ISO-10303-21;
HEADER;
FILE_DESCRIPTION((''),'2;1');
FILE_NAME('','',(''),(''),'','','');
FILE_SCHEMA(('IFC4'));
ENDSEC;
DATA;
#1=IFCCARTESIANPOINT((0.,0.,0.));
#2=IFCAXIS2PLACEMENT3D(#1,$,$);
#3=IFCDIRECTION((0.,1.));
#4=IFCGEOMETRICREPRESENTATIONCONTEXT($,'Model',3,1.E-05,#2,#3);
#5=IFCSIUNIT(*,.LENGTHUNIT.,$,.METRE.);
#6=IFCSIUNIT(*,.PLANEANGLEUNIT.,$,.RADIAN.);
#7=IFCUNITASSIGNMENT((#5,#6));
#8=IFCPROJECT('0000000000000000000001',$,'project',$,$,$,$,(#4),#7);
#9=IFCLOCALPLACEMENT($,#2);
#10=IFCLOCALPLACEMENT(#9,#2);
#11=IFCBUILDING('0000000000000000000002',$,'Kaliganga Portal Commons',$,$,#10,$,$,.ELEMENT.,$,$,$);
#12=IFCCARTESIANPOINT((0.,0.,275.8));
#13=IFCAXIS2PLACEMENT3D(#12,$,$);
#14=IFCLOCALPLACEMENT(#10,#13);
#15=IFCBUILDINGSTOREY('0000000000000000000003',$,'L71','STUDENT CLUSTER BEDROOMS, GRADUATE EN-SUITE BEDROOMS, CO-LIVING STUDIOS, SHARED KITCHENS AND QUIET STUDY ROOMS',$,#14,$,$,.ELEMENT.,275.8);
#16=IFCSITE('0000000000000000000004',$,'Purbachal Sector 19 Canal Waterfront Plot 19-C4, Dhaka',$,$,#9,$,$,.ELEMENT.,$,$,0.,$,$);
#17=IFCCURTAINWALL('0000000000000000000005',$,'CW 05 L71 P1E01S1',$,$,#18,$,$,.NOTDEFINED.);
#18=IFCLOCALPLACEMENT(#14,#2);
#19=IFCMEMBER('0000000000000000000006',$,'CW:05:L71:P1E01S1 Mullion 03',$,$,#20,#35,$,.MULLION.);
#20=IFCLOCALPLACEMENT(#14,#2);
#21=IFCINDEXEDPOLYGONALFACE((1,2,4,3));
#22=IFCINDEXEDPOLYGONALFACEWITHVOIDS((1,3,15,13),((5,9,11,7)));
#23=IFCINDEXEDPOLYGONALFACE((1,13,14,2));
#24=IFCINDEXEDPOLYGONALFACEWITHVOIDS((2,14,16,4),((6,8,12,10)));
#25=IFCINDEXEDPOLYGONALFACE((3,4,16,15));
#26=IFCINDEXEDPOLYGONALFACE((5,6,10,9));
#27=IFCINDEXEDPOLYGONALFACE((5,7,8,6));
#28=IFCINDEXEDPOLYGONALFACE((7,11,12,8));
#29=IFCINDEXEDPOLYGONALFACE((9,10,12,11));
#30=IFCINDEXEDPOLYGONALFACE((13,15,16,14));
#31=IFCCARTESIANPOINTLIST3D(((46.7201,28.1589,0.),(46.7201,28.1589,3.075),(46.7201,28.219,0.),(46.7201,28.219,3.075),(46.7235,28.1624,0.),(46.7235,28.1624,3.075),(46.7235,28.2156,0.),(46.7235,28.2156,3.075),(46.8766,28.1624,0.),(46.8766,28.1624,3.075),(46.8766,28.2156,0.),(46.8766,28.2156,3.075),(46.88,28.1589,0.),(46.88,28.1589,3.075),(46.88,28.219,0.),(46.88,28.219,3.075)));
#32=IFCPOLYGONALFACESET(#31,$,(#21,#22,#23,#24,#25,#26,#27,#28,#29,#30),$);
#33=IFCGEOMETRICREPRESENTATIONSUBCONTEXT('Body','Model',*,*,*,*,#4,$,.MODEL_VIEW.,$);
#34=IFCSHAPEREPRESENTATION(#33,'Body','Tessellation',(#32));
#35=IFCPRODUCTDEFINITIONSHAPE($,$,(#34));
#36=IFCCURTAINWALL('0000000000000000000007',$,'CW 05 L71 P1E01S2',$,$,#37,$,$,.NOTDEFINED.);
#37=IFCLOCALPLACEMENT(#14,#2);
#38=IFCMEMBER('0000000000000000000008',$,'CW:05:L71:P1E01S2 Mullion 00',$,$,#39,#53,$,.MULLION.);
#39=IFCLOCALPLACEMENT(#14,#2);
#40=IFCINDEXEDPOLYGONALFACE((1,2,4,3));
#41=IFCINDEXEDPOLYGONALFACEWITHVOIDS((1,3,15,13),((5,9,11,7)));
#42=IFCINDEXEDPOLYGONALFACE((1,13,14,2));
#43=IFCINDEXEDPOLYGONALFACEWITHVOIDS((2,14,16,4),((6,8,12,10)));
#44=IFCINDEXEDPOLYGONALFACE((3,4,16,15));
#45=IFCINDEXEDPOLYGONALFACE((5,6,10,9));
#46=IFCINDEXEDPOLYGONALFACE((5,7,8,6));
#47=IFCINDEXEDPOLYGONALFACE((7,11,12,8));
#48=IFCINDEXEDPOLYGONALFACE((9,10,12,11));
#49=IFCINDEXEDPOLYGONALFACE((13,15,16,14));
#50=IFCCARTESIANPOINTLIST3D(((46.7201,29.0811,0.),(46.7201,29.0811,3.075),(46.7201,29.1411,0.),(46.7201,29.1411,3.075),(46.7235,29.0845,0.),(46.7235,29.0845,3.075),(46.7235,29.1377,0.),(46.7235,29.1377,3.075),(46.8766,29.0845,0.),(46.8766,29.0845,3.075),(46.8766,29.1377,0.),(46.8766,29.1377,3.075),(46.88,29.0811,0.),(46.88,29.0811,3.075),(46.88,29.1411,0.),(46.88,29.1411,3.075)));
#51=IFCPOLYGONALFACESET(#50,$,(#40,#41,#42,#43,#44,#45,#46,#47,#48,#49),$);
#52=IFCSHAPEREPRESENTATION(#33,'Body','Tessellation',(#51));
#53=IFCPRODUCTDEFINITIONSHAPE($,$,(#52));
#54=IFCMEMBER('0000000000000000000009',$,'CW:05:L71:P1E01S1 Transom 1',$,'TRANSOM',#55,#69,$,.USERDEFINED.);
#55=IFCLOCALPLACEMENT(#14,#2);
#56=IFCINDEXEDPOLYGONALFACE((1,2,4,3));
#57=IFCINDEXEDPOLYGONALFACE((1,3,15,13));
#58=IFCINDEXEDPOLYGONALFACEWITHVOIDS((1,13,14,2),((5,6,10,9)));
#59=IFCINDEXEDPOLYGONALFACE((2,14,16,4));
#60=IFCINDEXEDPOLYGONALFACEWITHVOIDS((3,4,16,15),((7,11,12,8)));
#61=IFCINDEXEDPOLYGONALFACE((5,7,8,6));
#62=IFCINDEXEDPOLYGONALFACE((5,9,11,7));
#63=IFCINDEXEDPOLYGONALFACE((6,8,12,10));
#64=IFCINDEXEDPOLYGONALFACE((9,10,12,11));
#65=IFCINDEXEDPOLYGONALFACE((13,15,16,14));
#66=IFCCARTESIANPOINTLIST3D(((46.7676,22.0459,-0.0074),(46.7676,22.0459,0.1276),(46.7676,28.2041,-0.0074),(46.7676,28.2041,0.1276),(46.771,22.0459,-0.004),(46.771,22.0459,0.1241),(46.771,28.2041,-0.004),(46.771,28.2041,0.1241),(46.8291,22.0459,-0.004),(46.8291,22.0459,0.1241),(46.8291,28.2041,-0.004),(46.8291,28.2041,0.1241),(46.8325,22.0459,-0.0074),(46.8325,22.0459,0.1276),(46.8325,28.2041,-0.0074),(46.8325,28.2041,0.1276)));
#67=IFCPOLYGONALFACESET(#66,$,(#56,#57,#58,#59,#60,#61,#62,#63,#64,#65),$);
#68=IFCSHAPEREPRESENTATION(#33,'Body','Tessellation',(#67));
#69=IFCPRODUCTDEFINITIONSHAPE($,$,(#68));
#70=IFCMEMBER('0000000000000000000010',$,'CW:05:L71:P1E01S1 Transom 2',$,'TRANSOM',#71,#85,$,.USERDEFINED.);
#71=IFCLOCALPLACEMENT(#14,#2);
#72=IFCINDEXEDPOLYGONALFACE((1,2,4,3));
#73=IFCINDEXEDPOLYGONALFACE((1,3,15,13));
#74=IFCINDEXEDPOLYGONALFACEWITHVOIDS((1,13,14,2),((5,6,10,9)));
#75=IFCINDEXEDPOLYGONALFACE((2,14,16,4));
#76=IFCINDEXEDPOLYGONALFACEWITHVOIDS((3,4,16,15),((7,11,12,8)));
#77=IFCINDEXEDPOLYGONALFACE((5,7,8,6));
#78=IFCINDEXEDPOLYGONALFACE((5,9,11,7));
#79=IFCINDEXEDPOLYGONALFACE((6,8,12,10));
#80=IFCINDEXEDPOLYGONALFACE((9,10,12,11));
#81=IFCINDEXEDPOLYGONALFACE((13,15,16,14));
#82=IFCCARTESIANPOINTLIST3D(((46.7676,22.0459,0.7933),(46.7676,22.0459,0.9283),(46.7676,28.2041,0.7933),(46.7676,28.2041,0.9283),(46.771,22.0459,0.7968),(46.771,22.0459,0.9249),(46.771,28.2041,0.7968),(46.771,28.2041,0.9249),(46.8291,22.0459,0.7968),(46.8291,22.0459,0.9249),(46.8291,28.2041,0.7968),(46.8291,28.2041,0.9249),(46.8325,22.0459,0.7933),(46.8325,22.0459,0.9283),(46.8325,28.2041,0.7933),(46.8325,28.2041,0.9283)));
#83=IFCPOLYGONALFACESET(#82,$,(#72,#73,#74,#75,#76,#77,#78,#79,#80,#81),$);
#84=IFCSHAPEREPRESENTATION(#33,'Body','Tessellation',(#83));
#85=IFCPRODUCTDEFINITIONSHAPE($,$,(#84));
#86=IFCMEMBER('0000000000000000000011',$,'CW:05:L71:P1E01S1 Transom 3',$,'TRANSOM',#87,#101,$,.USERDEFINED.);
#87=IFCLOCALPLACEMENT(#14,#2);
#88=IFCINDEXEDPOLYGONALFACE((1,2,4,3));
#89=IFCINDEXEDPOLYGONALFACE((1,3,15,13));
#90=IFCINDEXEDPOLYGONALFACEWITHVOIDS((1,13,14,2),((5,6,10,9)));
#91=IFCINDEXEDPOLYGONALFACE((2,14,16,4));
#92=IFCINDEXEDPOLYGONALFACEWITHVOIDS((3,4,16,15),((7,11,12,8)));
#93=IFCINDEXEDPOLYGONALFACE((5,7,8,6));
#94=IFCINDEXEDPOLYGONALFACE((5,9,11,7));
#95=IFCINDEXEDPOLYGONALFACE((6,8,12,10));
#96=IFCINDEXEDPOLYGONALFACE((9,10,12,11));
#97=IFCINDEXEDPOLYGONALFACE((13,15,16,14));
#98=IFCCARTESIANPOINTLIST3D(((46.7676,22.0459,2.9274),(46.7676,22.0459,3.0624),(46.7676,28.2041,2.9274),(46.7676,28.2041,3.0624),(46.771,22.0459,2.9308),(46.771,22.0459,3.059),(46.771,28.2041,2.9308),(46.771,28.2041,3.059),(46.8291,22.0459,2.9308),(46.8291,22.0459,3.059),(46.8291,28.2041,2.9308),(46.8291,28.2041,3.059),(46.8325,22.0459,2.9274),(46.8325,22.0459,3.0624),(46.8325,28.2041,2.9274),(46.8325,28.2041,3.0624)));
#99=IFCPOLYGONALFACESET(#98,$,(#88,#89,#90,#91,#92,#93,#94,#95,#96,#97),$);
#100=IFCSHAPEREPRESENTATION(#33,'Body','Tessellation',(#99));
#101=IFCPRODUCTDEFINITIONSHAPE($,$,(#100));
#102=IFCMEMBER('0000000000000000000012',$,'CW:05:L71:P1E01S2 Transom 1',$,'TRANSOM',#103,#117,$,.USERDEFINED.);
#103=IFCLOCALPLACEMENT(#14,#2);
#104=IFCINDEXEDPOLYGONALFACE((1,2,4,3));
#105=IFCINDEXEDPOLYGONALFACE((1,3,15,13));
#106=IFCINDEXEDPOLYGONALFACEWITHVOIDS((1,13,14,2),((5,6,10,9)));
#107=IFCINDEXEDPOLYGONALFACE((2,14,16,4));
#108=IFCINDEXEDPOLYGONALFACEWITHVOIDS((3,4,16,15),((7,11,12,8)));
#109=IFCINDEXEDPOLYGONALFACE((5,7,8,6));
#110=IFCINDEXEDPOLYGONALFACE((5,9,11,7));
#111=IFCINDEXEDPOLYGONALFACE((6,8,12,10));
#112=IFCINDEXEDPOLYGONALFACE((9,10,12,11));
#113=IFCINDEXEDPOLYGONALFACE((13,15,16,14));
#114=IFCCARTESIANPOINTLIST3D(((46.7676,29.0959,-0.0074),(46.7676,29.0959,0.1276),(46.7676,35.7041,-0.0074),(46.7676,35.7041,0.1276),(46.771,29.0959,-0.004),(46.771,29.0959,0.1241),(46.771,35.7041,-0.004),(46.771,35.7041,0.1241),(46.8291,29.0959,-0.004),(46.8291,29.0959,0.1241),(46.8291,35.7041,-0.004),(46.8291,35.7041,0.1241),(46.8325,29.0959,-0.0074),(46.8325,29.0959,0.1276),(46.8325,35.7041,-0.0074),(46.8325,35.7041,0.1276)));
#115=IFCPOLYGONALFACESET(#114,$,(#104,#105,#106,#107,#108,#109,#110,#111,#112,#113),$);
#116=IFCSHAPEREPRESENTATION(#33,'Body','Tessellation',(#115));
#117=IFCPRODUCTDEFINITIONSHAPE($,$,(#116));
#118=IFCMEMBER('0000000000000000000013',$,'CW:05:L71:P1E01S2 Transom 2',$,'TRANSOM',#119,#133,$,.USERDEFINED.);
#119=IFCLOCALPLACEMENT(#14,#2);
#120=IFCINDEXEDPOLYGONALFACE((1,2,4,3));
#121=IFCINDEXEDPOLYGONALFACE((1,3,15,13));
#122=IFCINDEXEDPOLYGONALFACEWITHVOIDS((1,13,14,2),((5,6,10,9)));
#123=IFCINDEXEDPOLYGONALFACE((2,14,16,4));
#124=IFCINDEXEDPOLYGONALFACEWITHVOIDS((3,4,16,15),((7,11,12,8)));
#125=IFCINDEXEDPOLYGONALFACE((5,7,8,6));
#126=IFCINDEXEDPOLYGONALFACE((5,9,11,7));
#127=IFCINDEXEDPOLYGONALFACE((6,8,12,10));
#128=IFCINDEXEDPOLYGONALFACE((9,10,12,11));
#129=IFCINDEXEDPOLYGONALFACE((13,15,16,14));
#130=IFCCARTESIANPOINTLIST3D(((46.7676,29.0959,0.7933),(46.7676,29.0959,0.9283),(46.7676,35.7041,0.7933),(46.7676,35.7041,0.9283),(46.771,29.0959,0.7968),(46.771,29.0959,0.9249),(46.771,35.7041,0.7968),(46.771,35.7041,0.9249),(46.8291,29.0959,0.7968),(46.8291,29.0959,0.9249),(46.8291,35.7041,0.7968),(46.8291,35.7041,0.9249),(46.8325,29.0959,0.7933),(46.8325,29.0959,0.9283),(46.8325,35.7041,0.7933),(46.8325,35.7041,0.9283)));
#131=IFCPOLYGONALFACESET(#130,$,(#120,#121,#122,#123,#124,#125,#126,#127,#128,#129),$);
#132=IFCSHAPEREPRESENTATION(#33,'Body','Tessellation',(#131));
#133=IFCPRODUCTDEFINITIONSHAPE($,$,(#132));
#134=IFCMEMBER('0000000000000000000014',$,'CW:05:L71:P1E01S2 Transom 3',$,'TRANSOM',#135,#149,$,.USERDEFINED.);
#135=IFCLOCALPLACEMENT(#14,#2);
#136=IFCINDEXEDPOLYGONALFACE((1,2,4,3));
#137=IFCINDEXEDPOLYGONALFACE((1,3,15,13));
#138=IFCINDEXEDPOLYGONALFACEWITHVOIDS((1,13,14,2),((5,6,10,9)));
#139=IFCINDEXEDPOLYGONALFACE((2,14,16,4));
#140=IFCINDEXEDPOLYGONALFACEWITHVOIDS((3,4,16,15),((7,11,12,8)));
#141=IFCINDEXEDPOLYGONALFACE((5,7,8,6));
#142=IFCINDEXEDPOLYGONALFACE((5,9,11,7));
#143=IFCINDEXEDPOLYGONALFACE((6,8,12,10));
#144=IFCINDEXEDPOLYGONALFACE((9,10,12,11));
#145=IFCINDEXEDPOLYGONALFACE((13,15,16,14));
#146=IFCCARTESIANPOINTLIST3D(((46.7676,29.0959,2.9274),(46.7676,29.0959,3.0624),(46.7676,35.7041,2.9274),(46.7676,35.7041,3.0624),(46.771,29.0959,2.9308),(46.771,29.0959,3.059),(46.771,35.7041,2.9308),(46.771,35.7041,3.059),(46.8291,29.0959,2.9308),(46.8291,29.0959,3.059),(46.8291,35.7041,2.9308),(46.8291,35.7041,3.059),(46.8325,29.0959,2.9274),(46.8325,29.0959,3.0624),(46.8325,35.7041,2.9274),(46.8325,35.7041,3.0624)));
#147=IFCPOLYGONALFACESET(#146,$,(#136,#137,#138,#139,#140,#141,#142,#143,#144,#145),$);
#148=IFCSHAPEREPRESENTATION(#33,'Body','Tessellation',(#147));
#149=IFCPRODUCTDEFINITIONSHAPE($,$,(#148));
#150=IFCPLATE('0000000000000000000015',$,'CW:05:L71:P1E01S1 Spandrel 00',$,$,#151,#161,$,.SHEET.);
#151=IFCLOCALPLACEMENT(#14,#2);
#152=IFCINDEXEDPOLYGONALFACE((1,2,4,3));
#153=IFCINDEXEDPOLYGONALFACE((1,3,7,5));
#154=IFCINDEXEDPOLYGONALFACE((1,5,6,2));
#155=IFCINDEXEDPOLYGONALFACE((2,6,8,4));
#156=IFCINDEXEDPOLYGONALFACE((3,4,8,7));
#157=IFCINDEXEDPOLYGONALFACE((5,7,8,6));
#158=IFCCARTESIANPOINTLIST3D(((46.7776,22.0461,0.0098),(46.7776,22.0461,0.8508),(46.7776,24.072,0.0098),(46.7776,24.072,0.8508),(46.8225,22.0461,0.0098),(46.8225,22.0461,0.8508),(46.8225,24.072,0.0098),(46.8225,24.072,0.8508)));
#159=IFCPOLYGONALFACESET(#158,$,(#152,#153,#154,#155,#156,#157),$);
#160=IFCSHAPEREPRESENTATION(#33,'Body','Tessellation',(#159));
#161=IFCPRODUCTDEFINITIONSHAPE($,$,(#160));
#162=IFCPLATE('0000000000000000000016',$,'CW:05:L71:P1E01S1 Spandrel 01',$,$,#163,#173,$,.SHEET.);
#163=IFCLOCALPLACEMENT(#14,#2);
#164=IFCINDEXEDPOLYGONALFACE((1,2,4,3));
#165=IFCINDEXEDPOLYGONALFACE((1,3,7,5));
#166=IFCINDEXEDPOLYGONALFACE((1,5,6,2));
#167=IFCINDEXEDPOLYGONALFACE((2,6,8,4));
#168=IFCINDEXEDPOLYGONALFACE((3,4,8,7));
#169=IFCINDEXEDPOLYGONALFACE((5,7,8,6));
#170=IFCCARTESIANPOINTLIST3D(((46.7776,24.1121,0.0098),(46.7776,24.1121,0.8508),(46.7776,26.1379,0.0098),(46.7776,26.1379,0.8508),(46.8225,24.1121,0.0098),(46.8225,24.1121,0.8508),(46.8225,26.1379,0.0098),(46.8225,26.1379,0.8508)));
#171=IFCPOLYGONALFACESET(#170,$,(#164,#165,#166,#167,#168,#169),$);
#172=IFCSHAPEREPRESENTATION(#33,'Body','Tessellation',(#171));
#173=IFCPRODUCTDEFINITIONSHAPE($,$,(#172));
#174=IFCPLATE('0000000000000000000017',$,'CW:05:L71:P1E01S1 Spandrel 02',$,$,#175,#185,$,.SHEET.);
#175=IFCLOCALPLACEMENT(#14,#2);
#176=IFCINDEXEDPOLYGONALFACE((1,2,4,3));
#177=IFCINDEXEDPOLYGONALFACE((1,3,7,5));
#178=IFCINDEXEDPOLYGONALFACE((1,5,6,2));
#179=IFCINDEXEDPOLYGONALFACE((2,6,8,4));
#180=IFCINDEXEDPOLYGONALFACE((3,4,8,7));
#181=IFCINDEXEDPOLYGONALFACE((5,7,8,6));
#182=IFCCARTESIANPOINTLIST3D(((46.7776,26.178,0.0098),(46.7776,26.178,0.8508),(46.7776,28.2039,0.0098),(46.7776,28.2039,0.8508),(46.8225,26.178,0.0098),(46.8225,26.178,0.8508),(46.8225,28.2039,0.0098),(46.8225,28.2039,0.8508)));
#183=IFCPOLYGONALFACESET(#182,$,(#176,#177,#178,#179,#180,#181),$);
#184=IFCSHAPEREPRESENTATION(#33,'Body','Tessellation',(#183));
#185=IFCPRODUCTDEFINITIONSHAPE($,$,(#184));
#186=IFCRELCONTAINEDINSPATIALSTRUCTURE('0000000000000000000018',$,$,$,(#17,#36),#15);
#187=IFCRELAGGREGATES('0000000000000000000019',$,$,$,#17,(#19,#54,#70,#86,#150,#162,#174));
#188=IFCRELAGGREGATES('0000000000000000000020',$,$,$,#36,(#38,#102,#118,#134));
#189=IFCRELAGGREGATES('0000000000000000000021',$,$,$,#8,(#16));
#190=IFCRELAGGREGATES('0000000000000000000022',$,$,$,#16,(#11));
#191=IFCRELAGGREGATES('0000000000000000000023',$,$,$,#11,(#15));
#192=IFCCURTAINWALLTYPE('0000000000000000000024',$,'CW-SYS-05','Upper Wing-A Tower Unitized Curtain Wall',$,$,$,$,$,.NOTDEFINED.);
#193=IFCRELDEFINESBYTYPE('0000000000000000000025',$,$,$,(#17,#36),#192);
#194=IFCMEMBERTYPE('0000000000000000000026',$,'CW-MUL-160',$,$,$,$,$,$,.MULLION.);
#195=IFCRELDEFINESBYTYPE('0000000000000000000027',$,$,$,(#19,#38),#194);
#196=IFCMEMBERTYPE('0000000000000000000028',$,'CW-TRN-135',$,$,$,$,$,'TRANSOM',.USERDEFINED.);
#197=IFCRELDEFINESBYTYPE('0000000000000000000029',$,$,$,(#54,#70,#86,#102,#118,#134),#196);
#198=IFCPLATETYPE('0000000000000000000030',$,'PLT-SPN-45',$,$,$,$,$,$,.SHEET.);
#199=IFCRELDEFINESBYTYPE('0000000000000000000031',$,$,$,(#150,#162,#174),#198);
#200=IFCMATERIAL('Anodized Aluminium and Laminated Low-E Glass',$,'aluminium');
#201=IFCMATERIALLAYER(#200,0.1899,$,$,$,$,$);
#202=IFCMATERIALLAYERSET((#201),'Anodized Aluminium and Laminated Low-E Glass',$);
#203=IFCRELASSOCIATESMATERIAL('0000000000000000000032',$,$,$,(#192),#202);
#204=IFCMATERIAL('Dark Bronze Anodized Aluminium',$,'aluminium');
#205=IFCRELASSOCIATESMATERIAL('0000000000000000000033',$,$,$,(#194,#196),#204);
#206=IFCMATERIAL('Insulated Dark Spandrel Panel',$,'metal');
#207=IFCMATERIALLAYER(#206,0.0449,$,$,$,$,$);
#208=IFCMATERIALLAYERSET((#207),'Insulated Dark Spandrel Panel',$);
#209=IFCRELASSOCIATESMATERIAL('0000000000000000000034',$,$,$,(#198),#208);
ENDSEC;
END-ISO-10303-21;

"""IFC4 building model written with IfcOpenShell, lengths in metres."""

from ifc_helpers import new_model, si_unit, direction, frame, origin, origin_2d, place, context, subcontext, project, spatial, rectangle, hollow_rectangle, extrude, source, transform, mapped, material, layer, layer_set, material_profile, profile_set, type_object, element, aggregate, save


model = new_model("IFC4")

# Units and contexts
model_context = context("Model", 3, precision=1e-05, world=origin(), true_north=direction((0.0, 1.0)))
body_context = subcontext(model_context, "Body", "Model", "MODEL_VIEW")
ifc_project = project(units=[si_unit("LENGTHUNIT", "METRE"), si_unit("PLANEANGLEUNIT", "RADIAN")], contexts=[model_context])

# Site, building, storey
site_placement = place(None, origin())
site = spatial("IfcSite", under=ifc_project, at=site_placement, Name="Purbachal Sector 19 Canal Waterfront Plot 19-C4, Dhaka", CompositionType="ELEMENT", RefElevation=0.0)
building_placement = place(site_placement, origin())
building = spatial("IfcBuilding", under=site, at=building_placement, Name="Kaliganga Portal Commons", CompositionType="ELEMENT")
storey_placement = place(building_placement, frame((0.0, 0.0, 275.8)))
storey = spatial("IfcBuildingStorey", under=building, at=storey_placement, Name="L71", Description="STUDENT CLUSTER BEDROOMS, GRADUATE EN-SUITE BEDROOMS, CO-LIVING STUDIOS, SHARED KITCHENS AND QUIET STUDY ROOMS", CompositionType="ELEMENT", Elevation=275.8)

# Curtain wall, member
ifc_material_1 = material(Name="Anodized Aluminium and Laminated Low-E Glass", Category="aluminium")
ifc_layer_1 = layer(ifc_material_1, 0.1899)
ifc_layer_set_1 = layer_set([ifc_layer_1], Name="Anodized Aluminium and Laminated Low-E Glass")
curtain_wall_type = type_object("IfcCurtainWallType", Name="CW-SYS-05", Description="Upper Wing-A Tower Unitized Curtain Wall", PredefinedType="NOTDEFINED", material=ifc_layer_set_1)
curtain_wall_1_placement = place(storey_placement, origin())
curtain_wall_1 = element("IfcCurtainWall", 1, at=curtain_wall_1_placement, inside=storey, type_object=curtain_wall_type, Name="CW 05 L71 P1E01S1", PredefinedType="NOTDEFINED")
ifc_material_2 = material(Name="Dark Bronze Anodized Aluminium", Category="aluminium")
ifc_material_profile_1 = material_profile(ifc_material_2, hollow_rectangle(XDim=0.0601, YDim=0.1599, WallThickness=0.0034, at=origin_2d()), Name="ALU MULL 60x160x3.5")
ifc_profile_set_1 = profile_set([ifc_material_profile_1], Name="Dark Bronze Anodized Aluminium")
member_type_1 = type_object("IfcMemberType", Name="CW-MUL-160", PredefinedType="MULLION", material=ifc_profile_set_1)
shared_shape_1 = source(origin(), body_context, "Body", "SweptSolid", [
    extrude(hollow_rectangle(XDim=0.0601, YDim=0.1599, WallThickness=0.0034, at=origin_2d()), origin(), (0.0, 0.0, 1.0), 3.075),
])
member_1_placement = place(storey_placement, frame((46.8, 28.189, 0.0), z_axis=(0.0, 0.0, 1.0), x_axis=(0.0, 1.0, 0.0)))
member_1 = element("IfcMember", 2, at=member_1_placement, type_object=member_type_1, Name="CW:05:L71:P1E01S1 Mullion 03", PredefinedType="MULLION", context=body_context, shape_type="MappedRepresentation", body=[
    mapped(shared_shape_1, transform((0.0, 0.0, 0.0), x_axis=(1.0, 0.0, 0.0), y_axis=(0.0, 1.0, 0.0), z_axis=(0.0, 0.0, 1.0), scale=1.0)),
])

# Curtain wall, member
curtain_wall_2_placement = place(storey_placement, origin())
curtain_wall_2 = element("IfcCurtainWall", 3, at=curtain_wall_2_placement, inside=storey, type_object=curtain_wall_type, Name="CW 05 L71 P1E01S2", PredefinedType="NOTDEFINED")
member_2_placement = place(storey_placement, frame((46.8, 29.1111, 0.0), z_axis=(0.0, 0.0, 1.0), x_axis=(0.0, 1.0, 0.0)))
member_2 = element("IfcMember", 4, at=member_2_placement, type_object=member_type_1, Name="CW:05:L71:P1E01S2 Mullion 00", PredefinedType="MULLION", context=body_context, shape_type="MappedRepresentation", body=[
    mapped(shared_shape_1, transform((0.0, 0.0, 0.0), x_axis=(1.0, 0.0, 0.0), y_axis=(0.0, 1.0, 0.0), z_axis=(0.0, 0.0, 1.0), scale=1.0)),
])

# Members
ifc_material_profile_2 = material_profile(ifc_material_2, hollow_rectangle(XDim=0.0649, YDim=0.135, WallThickness=0.0034, at=origin_2d()), Name="ALU TRAN 65x135x3.5")
ifc_profile_set_2 = profile_set([ifc_material_profile_2], Name="Dark Bronze Anodized Aluminium")
member_type_2 = type_object("IfcMemberType", Name="CW-TRN-135", ElementType="TRANSOM", PredefinedType="USERDEFINED", material=ifc_profile_set_2)
shared_shape_2 = source(origin(), body_context, "Body", "SweptSolid", [
    extrude(hollow_rectangle(XDim=0.0649, YDim=0.135, WallThickness=0.0034, at=origin_2d()), origin(), (0.0, 0.0, 1.0), 6.1582),
])
member_3_placement = place(storey_placement, frame((46.8, 22.0459, 0.0601), z_axis=(0.0, 1.0, 0.0), x_axis=(-1.0, 0.0, 0.0)))
member_3 = element("IfcMember", 5, at=member_3_placement, type_object=member_type_2, Name="CW:05:L71:P1E01S1 Transom 1", ObjectType="TRANSOM", PredefinedType="USERDEFINED", context=body_context, shape_type="MappedRepresentation", body=[
    mapped(shared_shape_2, transform((0.0, 0.0, 0.0), x_axis=(1.0, 0.0, 0.0), y_axis=(0.0, 1.0, 0.0), z_axis=(0.0, 0.0, 1.0), scale=1.0)),
])
member_4_placement = place(storey_placement, frame((46.8, 22.0459, 0.8608), z_axis=(0.0, 1.0, 0.0), x_axis=(-1.0, 0.0, 0.0)))
member_4 = element("IfcMember", 6, at=member_4_placement, type_object=member_type_2, Name="CW:05:L71:P1E01S1 Transom 2", ObjectType="TRANSOM", PredefinedType="USERDEFINED", context=body_context, shape_type="MappedRepresentation", body=[
    mapped(shared_shape_2, transform((0.0, 0.0, 0.0), x_axis=(1.0, 0.0, 0.0), y_axis=(0.0, 1.0, 0.0), z_axis=(0.0, 0.0, 1.0), scale=1.0)),
])
member_5_placement = place(storey_placement, frame((46.8, 22.0459, 2.9949), z_axis=(0.0, 1.0, 0.0), x_axis=(-1.0, 0.0, 0.0)))
member_5 = element("IfcMember", 7, at=member_5_placement, type_object=member_type_2, Name="CW:05:L71:P1E01S1 Transom 3", ObjectType="TRANSOM", PredefinedType="USERDEFINED", context=body_context, shape_type="MappedRepresentation", body=[
    mapped(shared_shape_2, transform((0.0, 0.0, 0.0), x_axis=(1.0, 0.0, 0.0), y_axis=(0.0, 1.0, 0.0), z_axis=(0.0, 0.0, 1.0), scale=1.0)),
])
shared_shape_3 = source(origin(), body_context, "Body", "SweptSolid", [
    extrude(hollow_rectangle(XDim=0.0649, YDim=0.135, WallThickness=0.0034, at=origin_2d()), origin(), (0.0, 0.0, 1.0), 6.6082),
])
member_6_placement = place(storey_placement, frame((46.8, 29.0959, 0.0601), z_axis=(0.0, 1.0, 0.0), x_axis=(-1.0, 0.0, 0.0)))
member_6 = element("IfcMember", 8, at=member_6_placement, type_object=member_type_2, Name="CW:05:L71:P1E01S2 Transom 1", ObjectType="TRANSOM", PredefinedType="USERDEFINED", context=body_context, shape_type="MappedRepresentation", body=[
    mapped(shared_shape_3, transform((0.0, 0.0, 0.0), x_axis=(1.0, 0.0, 0.0), y_axis=(0.0, 1.0, 0.0), z_axis=(0.0, 0.0, 1.0), scale=1.0)),
])
member_7_placement = place(storey_placement, frame((46.8, 29.0959, 0.8608), z_axis=(0.0, 1.0, 0.0), x_axis=(-1.0, 0.0, 0.0)))
member_7 = element("IfcMember", 9, at=member_7_placement, type_object=member_type_2, Name="CW:05:L71:P1E01S2 Transom 2", ObjectType="TRANSOM", PredefinedType="USERDEFINED", context=body_context, shape_type="MappedRepresentation", body=[
    mapped(shared_shape_3, transform((0.0, 0.0, 0.0), x_axis=(1.0, 0.0, 0.0), y_axis=(0.0, 1.0, 0.0), z_axis=(0.0, 0.0, 1.0), scale=1.0)),
])
member_8_placement = place(storey_placement, frame((46.8, 29.0959, 2.9949), z_axis=(0.0, 1.0, 0.0), x_axis=(-1.0, 0.0, 0.0)))
member_8 = element("IfcMember", 10, at=member_8_placement, type_object=member_type_2, Name="CW:05:L71:P1E01S2 Transom 3", ObjectType="TRANSOM", PredefinedType="USERDEFINED", context=body_context, shape_type="MappedRepresentation", body=[
    mapped(shared_shape_3, transform((0.0, 0.0, 0.0), x_axis=(1.0, 0.0, 0.0), y_axis=(0.0, 1.0, 0.0), z_axis=(0.0, 0.0, 1.0), scale=1.0)),
])

# Plates
ifc_material_3 = material(Name="Insulated Dark Spandrel Panel", Category="metal")
ifc_layer_2 = layer(ifc_material_3, 0.0449)
ifc_layer_set_2 = layer_set([ifc_layer_2], Name="Insulated Dark Spandrel Panel")
plate_type_1 = type_object("IfcPlateType", Name="PLT-SPN-45", PredefinedType="SHEET", material=ifc_layer_set_2)
shared_shape_4 = source(origin(), body_context, "Body", "SweptSolid", [
    extrude(rectangle(XDim=2.0259, YDim=0.0449, at=origin_2d()), origin(), (0.0, 0.0, 1.0), 0.8411),
])
plate_1_placement = place(storey_placement, frame((46.8, 23.0591, 0.0098), z_axis=(0.0, 0.0, 1.0), x_axis=(0.0, 1.0, 0.0)))
plate_1 = element("IfcPlate", 11, at=plate_1_placement, type_object=plate_type_1, Name="CW:05:L71:P1E01S1 Spandrel 00", PredefinedType="SHEET", context=body_context, shape_type="MappedRepresentation", body=[
    mapped(shared_shape_4, transform((0.0, 0.0, 0.0), x_axis=(1.0, 0.0, 0.0), y_axis=(0.0, 1.0, 0.0), z_axis=(0.0, 0.0, 1.0), scale=1.0)),
])
plate_2_placement = place(storey_placement, frame((46.8, 25.125, 0.0098), z_axis=(0.0, 0.0, 1.0), x_axis=(0.0, 1.0, 0.0)))
plate_2 = element("IfcPlate", 12, at=plate_2_placement, type_object=plate_type_1, Name="CW:05:L71:P1E01S1 Spandrel 01", PredefinedType="SHEET", context=body_context, shape_type="MappedRepresentation", body=[
    mapped(shared_shape_4, transform((0.0, 0.0, 0.0), x_axis=(1.0, 0.0, 0.0), y_axis=(0.0, 1.0, 0.0), z_axis=(0.0, 0.0, 1.0), scale=1.0)),
])
plate_3_placement = place(storey_placement, frame((46.8, 27.1909, 0.0098), z_axis=(0.0, 0.0, 1.0), x_axis=(0.0, 1.0, 0.0)))
plate_3 = element("IfcPlate", 13, at=plate_3_placement, type_object=plate_type_1, Name="CW:05:L71:P1E01S1 Spandrel 02", PredefinedType="SHEET", context=body_context, shape_type="MappedRepresentation", body=[
    mapped(shared_shape_4, transform((0.0, 0.0, 0.0), x_axis=(1.0, 0.0, 0.0), y_axis=(0.0, 1.0, 0.0), z_axis=(0.0, 0.0, 1.0), scale=1.0)),
])
aggregate(curtain_wall_1, [member_1, member_3, member_4, member_5, plate_1, plate_2, plate_3])
aggregate(curtain_wall_2, [member_2, member_6, member_7, member_8])

save(model, "model.ifc")
